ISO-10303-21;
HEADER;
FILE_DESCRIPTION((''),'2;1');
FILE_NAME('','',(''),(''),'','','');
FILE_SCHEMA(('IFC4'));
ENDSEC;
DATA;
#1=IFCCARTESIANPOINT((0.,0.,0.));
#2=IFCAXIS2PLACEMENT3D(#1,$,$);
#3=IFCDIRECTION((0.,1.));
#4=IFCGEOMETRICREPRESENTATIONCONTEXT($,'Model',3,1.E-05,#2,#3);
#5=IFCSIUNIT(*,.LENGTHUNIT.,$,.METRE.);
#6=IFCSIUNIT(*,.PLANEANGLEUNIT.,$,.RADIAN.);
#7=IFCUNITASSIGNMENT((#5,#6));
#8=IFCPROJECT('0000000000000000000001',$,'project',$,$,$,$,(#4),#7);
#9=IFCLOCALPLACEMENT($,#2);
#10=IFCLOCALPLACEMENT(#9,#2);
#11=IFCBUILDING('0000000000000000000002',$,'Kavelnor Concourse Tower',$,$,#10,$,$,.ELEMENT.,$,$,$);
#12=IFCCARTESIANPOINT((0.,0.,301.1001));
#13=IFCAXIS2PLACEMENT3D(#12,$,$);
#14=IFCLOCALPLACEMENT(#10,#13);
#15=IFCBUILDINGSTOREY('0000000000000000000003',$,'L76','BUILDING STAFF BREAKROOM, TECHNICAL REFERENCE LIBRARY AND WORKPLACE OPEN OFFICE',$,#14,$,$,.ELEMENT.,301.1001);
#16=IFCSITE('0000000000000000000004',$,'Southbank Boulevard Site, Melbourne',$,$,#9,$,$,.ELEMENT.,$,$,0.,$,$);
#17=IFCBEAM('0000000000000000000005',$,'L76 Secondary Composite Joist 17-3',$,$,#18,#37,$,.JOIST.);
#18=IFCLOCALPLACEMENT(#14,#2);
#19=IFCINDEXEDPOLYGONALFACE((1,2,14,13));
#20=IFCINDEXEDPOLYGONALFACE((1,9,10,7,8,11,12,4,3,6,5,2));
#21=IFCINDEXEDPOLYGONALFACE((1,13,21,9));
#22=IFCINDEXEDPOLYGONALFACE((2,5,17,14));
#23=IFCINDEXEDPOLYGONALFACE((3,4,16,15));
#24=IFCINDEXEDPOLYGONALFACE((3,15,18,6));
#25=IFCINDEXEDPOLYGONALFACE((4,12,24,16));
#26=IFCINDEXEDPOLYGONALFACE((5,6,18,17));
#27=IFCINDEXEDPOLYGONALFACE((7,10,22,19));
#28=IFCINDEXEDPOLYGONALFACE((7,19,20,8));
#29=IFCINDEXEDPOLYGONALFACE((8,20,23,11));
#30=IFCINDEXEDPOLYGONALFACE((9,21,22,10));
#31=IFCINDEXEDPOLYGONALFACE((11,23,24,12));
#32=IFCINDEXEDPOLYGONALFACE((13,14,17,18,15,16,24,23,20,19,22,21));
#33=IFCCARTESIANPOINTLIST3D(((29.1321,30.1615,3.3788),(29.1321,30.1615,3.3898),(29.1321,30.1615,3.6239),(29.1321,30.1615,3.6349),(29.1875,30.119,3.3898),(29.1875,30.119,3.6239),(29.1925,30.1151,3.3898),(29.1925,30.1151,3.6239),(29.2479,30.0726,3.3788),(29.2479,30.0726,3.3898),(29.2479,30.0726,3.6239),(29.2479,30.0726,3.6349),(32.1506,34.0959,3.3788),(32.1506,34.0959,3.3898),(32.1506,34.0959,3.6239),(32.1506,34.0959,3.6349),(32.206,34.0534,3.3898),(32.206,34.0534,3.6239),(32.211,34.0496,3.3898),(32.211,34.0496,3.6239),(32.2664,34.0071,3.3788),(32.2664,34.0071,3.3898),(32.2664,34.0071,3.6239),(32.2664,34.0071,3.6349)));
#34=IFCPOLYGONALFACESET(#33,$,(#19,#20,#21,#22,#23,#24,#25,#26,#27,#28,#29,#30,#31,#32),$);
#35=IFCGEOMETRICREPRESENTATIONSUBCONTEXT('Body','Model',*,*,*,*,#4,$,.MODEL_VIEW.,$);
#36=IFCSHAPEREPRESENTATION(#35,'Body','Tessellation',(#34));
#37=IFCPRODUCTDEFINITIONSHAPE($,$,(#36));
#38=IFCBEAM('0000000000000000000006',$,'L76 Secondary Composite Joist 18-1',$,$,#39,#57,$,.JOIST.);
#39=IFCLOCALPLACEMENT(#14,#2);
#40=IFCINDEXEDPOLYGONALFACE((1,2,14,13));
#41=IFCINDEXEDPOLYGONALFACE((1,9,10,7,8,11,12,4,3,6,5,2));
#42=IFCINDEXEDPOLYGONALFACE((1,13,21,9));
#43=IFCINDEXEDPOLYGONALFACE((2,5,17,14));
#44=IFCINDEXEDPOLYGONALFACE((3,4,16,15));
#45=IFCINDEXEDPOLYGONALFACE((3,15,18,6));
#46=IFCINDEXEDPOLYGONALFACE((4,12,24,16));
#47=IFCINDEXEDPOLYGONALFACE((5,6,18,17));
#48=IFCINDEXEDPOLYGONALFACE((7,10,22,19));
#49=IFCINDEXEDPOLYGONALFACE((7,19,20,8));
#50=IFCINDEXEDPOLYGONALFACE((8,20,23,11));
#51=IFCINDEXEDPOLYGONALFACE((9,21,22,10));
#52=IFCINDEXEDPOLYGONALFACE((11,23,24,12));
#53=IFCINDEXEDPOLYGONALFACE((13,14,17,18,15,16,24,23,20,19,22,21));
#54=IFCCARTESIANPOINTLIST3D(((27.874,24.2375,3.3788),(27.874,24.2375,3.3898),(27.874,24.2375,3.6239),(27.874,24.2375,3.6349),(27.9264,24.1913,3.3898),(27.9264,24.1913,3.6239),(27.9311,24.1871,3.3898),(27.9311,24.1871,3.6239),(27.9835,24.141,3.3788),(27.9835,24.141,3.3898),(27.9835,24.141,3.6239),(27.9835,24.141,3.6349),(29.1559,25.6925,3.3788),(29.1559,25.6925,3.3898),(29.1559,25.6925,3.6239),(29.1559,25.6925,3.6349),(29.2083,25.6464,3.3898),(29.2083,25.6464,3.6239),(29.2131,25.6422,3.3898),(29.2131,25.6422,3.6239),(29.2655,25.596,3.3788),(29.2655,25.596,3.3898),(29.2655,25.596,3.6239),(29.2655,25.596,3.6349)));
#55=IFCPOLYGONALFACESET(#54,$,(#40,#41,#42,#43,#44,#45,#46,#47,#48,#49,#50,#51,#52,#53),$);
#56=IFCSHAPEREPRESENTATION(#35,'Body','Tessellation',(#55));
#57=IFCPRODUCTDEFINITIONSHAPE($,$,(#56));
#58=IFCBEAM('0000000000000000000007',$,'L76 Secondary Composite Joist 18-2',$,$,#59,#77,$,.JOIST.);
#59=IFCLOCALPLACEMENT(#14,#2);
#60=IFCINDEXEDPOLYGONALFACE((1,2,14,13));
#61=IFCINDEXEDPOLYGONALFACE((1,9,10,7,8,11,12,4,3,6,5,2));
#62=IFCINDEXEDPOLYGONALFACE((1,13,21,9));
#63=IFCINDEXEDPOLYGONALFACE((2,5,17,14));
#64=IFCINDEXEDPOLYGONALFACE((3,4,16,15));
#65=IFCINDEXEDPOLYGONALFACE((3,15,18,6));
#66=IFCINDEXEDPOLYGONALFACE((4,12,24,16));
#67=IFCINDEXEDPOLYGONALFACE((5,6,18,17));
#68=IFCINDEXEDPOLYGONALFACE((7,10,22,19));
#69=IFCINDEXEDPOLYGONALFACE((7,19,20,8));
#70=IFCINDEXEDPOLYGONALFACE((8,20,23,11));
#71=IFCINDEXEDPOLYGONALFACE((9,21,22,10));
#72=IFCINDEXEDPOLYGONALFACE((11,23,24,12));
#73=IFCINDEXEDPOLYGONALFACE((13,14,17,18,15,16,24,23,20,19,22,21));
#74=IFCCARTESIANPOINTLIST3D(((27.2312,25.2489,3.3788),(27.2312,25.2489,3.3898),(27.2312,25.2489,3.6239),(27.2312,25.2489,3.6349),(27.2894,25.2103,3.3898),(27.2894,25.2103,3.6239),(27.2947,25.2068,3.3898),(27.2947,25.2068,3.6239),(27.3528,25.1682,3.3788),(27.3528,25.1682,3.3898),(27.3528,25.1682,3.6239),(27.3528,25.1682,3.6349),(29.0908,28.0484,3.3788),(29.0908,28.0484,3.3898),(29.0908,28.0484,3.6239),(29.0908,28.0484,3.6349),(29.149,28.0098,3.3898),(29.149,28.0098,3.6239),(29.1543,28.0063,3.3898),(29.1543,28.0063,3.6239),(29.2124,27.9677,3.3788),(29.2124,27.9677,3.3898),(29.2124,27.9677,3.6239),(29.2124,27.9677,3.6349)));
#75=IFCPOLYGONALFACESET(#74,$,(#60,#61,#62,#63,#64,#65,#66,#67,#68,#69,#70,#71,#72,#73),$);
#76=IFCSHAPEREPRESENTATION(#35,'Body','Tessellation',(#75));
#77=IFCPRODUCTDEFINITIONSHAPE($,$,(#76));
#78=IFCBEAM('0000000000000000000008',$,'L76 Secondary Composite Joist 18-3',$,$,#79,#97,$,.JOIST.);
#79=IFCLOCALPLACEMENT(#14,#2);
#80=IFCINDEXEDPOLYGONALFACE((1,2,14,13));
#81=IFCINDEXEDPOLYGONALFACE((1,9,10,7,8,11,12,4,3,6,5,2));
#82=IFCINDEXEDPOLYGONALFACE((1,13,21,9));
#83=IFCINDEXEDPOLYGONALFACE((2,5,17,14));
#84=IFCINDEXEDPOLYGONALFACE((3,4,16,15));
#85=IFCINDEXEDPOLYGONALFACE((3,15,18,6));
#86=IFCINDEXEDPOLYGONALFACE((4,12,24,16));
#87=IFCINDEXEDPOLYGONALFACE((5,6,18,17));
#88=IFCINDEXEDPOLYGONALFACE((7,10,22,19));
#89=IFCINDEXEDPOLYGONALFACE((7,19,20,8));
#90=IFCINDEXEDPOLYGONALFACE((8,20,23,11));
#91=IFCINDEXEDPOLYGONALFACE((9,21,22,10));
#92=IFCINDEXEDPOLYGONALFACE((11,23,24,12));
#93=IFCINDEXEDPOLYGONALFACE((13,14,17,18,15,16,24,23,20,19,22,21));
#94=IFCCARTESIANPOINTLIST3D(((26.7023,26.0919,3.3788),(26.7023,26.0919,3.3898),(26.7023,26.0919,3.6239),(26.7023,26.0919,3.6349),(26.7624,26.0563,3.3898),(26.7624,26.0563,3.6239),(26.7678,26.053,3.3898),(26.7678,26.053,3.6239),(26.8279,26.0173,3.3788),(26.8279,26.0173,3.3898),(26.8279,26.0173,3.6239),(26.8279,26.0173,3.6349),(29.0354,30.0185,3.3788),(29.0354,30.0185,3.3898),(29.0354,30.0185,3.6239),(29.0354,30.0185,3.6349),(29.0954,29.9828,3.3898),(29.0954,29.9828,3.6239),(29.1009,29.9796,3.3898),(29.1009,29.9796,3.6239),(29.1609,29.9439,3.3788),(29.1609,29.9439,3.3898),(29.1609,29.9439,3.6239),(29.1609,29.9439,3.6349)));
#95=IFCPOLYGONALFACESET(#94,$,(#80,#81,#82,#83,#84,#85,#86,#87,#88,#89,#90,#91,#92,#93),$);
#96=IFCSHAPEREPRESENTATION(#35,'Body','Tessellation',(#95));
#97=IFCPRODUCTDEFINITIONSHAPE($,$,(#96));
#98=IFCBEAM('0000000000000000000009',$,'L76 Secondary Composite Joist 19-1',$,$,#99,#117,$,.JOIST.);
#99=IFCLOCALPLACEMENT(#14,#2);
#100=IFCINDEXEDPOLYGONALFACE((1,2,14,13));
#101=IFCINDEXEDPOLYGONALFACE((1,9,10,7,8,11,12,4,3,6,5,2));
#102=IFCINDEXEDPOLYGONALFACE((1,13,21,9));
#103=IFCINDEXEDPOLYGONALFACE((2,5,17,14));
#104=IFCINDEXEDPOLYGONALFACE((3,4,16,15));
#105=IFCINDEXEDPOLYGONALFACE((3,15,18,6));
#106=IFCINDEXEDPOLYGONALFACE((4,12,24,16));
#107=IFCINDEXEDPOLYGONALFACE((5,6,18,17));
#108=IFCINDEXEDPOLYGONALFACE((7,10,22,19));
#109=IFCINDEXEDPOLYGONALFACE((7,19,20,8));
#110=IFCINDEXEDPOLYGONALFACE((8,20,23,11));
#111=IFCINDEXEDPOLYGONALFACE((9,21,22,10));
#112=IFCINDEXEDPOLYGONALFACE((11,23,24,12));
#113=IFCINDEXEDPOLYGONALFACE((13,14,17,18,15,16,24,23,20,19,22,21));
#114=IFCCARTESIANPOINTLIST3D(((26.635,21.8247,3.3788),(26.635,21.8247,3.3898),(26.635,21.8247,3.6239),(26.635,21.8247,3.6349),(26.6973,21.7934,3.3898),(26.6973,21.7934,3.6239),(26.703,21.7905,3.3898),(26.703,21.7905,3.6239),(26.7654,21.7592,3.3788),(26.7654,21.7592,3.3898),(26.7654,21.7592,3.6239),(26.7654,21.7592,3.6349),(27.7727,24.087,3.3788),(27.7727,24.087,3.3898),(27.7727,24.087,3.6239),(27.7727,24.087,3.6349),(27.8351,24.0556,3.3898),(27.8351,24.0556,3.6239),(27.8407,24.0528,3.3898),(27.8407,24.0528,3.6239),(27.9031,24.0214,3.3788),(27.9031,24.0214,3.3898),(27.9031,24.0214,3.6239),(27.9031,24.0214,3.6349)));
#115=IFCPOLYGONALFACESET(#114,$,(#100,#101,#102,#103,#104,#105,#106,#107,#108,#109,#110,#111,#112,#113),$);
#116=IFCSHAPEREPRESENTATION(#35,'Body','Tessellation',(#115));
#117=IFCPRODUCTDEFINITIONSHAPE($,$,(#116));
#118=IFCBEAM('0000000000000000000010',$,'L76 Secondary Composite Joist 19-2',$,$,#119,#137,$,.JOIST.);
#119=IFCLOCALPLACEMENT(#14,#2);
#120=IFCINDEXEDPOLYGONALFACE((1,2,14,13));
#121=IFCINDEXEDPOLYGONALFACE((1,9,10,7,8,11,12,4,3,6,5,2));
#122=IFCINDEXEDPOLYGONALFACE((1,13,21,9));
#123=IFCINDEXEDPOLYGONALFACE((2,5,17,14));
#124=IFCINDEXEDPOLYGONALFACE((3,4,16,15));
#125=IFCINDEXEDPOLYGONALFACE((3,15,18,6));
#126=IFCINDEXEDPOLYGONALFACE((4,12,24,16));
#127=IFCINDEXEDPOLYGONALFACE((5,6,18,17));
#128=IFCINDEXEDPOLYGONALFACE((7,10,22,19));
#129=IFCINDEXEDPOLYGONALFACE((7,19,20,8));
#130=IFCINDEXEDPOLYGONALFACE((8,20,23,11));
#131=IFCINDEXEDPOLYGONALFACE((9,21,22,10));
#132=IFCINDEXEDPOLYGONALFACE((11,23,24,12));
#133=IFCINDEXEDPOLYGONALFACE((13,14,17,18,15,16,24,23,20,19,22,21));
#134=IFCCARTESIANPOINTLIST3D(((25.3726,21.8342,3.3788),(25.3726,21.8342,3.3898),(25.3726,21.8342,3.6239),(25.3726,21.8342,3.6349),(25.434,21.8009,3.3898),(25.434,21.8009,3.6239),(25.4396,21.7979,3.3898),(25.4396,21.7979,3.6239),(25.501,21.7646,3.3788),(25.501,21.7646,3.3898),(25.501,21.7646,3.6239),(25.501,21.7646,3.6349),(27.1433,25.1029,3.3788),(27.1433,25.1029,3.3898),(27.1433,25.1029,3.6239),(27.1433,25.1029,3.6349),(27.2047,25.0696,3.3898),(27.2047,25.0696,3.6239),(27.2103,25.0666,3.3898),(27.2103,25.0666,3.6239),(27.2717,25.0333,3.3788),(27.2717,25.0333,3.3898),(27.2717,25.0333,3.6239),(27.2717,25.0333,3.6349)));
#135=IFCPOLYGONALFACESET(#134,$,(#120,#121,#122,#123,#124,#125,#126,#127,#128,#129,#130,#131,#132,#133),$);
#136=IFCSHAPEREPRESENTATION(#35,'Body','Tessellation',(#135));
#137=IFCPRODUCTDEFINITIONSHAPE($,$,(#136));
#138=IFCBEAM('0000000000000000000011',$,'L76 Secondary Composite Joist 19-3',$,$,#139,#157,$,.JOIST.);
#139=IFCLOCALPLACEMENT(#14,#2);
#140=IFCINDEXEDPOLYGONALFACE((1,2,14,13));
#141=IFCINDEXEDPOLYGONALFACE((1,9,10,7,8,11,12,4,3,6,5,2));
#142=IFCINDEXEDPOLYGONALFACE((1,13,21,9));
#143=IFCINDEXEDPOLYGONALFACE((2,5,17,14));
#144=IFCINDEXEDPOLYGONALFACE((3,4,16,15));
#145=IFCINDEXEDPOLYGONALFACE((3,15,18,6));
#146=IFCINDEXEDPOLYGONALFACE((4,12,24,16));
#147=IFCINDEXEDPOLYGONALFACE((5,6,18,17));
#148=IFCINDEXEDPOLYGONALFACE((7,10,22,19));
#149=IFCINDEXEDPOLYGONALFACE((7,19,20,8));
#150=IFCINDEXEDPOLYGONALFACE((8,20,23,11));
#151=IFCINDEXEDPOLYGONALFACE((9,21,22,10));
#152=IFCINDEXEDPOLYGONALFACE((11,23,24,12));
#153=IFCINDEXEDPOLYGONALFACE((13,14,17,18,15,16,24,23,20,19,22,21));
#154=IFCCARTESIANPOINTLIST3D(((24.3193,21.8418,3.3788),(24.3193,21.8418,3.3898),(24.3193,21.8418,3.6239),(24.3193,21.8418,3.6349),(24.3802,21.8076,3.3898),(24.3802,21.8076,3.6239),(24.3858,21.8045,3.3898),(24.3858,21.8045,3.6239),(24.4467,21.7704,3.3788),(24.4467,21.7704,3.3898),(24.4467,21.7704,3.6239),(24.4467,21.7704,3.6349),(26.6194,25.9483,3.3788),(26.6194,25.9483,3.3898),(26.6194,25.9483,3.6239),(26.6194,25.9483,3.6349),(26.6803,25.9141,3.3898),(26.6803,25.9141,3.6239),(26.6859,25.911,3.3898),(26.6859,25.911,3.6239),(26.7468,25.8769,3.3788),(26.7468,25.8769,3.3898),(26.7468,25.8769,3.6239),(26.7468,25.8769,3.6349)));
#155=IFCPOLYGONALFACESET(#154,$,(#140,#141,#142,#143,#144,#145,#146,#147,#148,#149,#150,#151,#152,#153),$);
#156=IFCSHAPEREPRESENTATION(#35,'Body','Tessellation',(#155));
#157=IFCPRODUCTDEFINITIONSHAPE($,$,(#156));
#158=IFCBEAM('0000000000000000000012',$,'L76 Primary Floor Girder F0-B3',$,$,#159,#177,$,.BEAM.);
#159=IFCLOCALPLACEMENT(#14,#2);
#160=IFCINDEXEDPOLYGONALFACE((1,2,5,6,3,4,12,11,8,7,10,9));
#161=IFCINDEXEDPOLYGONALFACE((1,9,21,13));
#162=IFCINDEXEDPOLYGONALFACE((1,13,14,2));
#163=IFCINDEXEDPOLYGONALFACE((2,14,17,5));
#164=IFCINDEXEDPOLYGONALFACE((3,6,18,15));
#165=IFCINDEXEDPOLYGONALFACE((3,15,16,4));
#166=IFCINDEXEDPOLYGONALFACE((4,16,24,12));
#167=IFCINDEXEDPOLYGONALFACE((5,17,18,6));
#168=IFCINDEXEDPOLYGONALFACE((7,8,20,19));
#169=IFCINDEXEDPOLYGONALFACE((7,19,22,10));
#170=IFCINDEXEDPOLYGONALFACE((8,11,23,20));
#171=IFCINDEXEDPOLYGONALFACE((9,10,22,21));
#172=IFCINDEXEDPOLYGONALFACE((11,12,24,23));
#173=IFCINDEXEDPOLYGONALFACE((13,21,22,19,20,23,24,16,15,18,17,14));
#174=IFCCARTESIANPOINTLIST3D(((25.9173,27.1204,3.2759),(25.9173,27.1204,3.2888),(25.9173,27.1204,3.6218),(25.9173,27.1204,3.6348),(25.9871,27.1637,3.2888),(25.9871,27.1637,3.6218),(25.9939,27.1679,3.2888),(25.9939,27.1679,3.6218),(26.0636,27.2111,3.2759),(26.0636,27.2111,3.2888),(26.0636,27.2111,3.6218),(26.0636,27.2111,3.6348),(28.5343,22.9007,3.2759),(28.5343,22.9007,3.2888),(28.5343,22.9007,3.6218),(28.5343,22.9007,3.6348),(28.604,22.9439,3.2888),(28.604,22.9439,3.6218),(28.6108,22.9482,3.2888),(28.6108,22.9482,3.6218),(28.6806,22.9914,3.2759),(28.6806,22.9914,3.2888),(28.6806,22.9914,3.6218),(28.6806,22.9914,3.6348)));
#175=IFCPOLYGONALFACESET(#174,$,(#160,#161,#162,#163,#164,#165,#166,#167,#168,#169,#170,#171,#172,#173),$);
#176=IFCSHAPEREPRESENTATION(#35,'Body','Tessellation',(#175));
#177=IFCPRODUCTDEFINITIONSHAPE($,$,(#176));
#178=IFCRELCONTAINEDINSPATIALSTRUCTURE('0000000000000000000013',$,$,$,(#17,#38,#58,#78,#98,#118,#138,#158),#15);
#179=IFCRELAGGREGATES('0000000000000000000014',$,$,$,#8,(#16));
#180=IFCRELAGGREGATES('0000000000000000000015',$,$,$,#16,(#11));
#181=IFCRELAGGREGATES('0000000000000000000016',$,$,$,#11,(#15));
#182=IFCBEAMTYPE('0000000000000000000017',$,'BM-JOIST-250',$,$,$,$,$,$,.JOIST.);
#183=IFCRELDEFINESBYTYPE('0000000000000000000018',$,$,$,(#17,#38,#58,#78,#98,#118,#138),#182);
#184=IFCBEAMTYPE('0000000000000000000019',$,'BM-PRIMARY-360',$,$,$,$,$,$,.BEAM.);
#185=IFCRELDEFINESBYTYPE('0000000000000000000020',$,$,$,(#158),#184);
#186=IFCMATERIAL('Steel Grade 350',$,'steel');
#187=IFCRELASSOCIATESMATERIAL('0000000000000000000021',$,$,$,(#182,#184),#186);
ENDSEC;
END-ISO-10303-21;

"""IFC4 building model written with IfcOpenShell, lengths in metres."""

from ifc_helpers import new_model, si_unit, direction, frame, origin, origin_2d, place, context, subcontext, project, spatial, i_section, extrude, material, material_profile, profile_set, type_object, element, save


model = new_model("IFC4")

# Units and contexts
model_context = context("Model", 3, precision=1e-05, world=origin(), true_north=direction((0.0, 1.0)))
body_context = subcontext(model_context, "Body", "Model", "MODEL_VIEW")
ifc_project = project(units=[si_unit("LENGTHUNIT", "METRE"), si_unit("PLANEANGLEUNIT", "RADIAN")], contexts=[model_context])

# Site, building, storey
site_placement = place(None, origin())
site = spatial("IfcSite", under=ifc_project, at=site_placement, Name="Southbank Boulevard Site, Melbourne", CompositionType="ELEMENT", RefElevation=0.0)
building_placement = place(site_placement, origin())
building = spatial("IfcBuilding", under=site, at=building_placement, Name="Kavelnor Concourse Tower", CompositionType="ELEMENT")
storey_placement = place(building_placement, frame((0.0, 0.0, 301.1001)))
storey = spatial("IfcBuildingStorey", under=building, at=storey_placement, Name="L76", Description="BUILDING STAFF BREAKROOM, TECHNICAL REFERENCE LIBRARY AND WORKPLACE OPEN OFFICE", CompositionType="ELEMENT", Elevation=301.1001)

# Shared definitions
ifc_material_1 = material(Name="Steel Grade 350", Category="steel")

# Beams
ifc_material_profile_1 = material_profile(ifc_material_1, i_section(OverallWidth=0.146, OverallDepth=0.2561, WebThickness=0.0063, FlangeThickness=0.011, at=origin_2d()), Name="250UB37")
ifc_profile_set_1 = profile_set([ifc_material_profile_1], Name="Steel Grade 350")
beam_type_1 = type_object("IfcBeamType", Name="BM-JOIST-250", PredefinedType="JOIST", material=ifc_profile_set_1)
beam_1_placement = place(storey_placement, frame((32.2085, 34.0515, 3.5068), z_axis=(-0.608692, -0.793407, 0.0), x_axis=(0.793407, -0.608692, 0.0)))
element("IfcBeam", 1, at=beam_1_placement, inside=storey, type_object=beam_type_1, Name="L76 Secondary Composite Joist 17-3", PredefinedType="JOIST", context=body_context, shape_type="SweptSolid", body=[
    extrude(i_section(OverallWidth=0.146, OverallDepth=0.2561, WebThickness=0.0063, FlangeThickness=0.011, at=origin_2d()), origin(), (0.0, 0.0, 1.0), 4.959),
])
beam_2_placement = place(storey_placement, frame((29.2107, 25.6443, 3.5068), z_axis=(-0.661068, -0.750326, 0.0), x_axis=(0.750326, -0.661068, 0.0)))
element("IfcBeam", 2, at=beam_2_placement, inside=storey, type_object=beam_type_1, Name="L76 Secondary Composite Joist 18-1", PredefinedType="JOIST", context=body_context, shape_type="SweptSolid", body=[
    extrude(i_section(OverallWidth=0.146, OverallDepth=0.2561, WebThickness=0.0063, FlangeThickness=0.011, at=origin_2d()), origin(), (0.0, 0.0, 1.0), 1.9392),
])
beam_3_placement = place(storey_placement, frame((29.1516, 28.0081, 3.5068), z_axis=(-0.553308, -0.832977, 0.0), x_axis=(0.832977, -0.553308, 0.0)))
element("IfcBeam", 3, at=beam_3_placement, inside=storey, type_object=beam_type_1, Name="L76 Secondary Composite Joist 18-2", PredefinedType="JOIST", context=body_context, shape_type="SweptSolid", body=[
    extrude(i_section(OverallWidth=0.146, OverallDepth=0.2561, WebThickness=0.0063, FlangeThickness=0.011, at=origin_2d()), origin(), (0.0, 0.0, 1.0), 3.3608),
])
beam_4_placement = place(storey_placement, frame((29.0981, 29.9812, 3.5068), z_axis=(-0.510804, -0.859697, 0.0), x_axis=(0.859697, -0.510804, 0.0)))
element("IfcBeam", 4, at=beam_4_placement, inside=storey, type_object=beam_type_1, Name="L76 Secondary Composite Joist 18-3", PredefinedType="JOIST", context=body_context, shape_type="SweptSolid", body=[
    extrude(i_section(OverallWidth=0.146, OverallDepth=0.2561, WebThickness=0.0063, FlangeThickness=0.011, at=origin_2d()), origin(), (0.0, 0.0, 1.0), 4.5674),
])
beam_5_placement = place(storey_placement, frame((27.8379, 24.0542, 3.5068), z_axis=(-0.449295, -0.893383, 0.0), x_axis=(0.893383, -0.449295, 0.0)))
element("IfcBeam", 5, at=beam_5_placement, inside=storey, type_object=beam_type_1, Name="L76 Secondary Composite Joist 19-1", PredefinedType="JOIST", context=body_context, shape_type="SweptSolid", body=[
    extrude(i_section(OverallWidth=0.146, OverallDepth=0.2561, WebThickness=0.0063, FlangeThickness=0.011, at=origin_2d()), origin(), (0.0, 0.0, 1.0), 2.5322),
])
beam_6_placement = place(storey_placement, frame((27.2075, 25.0681, 3.5068), z_axis=(-0.476315, -0.879275, 0.0), x_axis=(0.879275, -0.476315, 0.0)))
element("IfcBeam", 6, at=beam_6_placement, inside=storey, type_object=beam_type_1, Name="L76 Secondary Composite Joist 19-2", PredefinedType="JOIST", context=body_context, shape_type="SweptSolid", body=[
    extrude(i_section(OverallWidth=0.146, OverallDepth=0.2561, WebThickness=0.0063, FlangeThickness=0.011, at=origin_2d()), origin(), (0.0, 0.0, 1.0), 3.7175),
])
beam_7_placement = place(storey_placement, frame((26.6831, 25.9126, 3.5068), z_axis=(-0.488674, -0.872466, 0.0), x_axis=(0.872466, -0.488674, 0.0)))
element("IfcBeam", 7, at=beam_7_placement, inside=storey, type_object=beam_type_1, Name="L76 Secondary Composite Joist 19-3", PredefinedType="JOIST", context=body_context, shape_type="SweptSolid", body=[
    extrude(i_section(OverallWidth=0.146, OverallDepth=0.2561, WebThickness=0.0063, FlangeThickness=0.011, at=origin_2d()), origin(), (0.0, 0.0, 1.0), 4.7068),
])
ifc_material_profile_2 = material_profile(ifc_material_1, i_section(OverallWidth=0.1721, OverallDepth=0.3589, WebThickness=0.0081, FlangeThickness=0.0129, at=origin_2d()), Name="360UB56")
ifc_profile_set_2 = profile_set([ifc_material_profile_2], Name="Steel Grade 350")
beam_type_2 = type_object("IfcBeamType", Name="BM-PRIMARY-360", PredefinedType="BEAM", material=ifc_profile_set_2)
beam_8_placement = place(storey_placement, frame((28.6074, 22.946, 3.4553), z_axis=(-0.527043, 0.849838, 0.0), x_axis=(-0.849838, -0.527043, 0.0)))
element("IfcBeam", 8, at=beam_8_placement, inside=storey, type_object=beam_type_2, Name="L76 Primary Floor Girder F0-B3", PredefinedType="BEAM", context=body_context, shape_type="SweptSolid", body=[
    extrude(i_section(OverallWidth=0.1721, OverallDepth=0.3589, WebThickness=0.0081, FlangeThickness=0.0129, at=origin_2d()), origin(), (0.0, 0.0, 1.0), 4.9653),
])

save(model, "model.ifc")
